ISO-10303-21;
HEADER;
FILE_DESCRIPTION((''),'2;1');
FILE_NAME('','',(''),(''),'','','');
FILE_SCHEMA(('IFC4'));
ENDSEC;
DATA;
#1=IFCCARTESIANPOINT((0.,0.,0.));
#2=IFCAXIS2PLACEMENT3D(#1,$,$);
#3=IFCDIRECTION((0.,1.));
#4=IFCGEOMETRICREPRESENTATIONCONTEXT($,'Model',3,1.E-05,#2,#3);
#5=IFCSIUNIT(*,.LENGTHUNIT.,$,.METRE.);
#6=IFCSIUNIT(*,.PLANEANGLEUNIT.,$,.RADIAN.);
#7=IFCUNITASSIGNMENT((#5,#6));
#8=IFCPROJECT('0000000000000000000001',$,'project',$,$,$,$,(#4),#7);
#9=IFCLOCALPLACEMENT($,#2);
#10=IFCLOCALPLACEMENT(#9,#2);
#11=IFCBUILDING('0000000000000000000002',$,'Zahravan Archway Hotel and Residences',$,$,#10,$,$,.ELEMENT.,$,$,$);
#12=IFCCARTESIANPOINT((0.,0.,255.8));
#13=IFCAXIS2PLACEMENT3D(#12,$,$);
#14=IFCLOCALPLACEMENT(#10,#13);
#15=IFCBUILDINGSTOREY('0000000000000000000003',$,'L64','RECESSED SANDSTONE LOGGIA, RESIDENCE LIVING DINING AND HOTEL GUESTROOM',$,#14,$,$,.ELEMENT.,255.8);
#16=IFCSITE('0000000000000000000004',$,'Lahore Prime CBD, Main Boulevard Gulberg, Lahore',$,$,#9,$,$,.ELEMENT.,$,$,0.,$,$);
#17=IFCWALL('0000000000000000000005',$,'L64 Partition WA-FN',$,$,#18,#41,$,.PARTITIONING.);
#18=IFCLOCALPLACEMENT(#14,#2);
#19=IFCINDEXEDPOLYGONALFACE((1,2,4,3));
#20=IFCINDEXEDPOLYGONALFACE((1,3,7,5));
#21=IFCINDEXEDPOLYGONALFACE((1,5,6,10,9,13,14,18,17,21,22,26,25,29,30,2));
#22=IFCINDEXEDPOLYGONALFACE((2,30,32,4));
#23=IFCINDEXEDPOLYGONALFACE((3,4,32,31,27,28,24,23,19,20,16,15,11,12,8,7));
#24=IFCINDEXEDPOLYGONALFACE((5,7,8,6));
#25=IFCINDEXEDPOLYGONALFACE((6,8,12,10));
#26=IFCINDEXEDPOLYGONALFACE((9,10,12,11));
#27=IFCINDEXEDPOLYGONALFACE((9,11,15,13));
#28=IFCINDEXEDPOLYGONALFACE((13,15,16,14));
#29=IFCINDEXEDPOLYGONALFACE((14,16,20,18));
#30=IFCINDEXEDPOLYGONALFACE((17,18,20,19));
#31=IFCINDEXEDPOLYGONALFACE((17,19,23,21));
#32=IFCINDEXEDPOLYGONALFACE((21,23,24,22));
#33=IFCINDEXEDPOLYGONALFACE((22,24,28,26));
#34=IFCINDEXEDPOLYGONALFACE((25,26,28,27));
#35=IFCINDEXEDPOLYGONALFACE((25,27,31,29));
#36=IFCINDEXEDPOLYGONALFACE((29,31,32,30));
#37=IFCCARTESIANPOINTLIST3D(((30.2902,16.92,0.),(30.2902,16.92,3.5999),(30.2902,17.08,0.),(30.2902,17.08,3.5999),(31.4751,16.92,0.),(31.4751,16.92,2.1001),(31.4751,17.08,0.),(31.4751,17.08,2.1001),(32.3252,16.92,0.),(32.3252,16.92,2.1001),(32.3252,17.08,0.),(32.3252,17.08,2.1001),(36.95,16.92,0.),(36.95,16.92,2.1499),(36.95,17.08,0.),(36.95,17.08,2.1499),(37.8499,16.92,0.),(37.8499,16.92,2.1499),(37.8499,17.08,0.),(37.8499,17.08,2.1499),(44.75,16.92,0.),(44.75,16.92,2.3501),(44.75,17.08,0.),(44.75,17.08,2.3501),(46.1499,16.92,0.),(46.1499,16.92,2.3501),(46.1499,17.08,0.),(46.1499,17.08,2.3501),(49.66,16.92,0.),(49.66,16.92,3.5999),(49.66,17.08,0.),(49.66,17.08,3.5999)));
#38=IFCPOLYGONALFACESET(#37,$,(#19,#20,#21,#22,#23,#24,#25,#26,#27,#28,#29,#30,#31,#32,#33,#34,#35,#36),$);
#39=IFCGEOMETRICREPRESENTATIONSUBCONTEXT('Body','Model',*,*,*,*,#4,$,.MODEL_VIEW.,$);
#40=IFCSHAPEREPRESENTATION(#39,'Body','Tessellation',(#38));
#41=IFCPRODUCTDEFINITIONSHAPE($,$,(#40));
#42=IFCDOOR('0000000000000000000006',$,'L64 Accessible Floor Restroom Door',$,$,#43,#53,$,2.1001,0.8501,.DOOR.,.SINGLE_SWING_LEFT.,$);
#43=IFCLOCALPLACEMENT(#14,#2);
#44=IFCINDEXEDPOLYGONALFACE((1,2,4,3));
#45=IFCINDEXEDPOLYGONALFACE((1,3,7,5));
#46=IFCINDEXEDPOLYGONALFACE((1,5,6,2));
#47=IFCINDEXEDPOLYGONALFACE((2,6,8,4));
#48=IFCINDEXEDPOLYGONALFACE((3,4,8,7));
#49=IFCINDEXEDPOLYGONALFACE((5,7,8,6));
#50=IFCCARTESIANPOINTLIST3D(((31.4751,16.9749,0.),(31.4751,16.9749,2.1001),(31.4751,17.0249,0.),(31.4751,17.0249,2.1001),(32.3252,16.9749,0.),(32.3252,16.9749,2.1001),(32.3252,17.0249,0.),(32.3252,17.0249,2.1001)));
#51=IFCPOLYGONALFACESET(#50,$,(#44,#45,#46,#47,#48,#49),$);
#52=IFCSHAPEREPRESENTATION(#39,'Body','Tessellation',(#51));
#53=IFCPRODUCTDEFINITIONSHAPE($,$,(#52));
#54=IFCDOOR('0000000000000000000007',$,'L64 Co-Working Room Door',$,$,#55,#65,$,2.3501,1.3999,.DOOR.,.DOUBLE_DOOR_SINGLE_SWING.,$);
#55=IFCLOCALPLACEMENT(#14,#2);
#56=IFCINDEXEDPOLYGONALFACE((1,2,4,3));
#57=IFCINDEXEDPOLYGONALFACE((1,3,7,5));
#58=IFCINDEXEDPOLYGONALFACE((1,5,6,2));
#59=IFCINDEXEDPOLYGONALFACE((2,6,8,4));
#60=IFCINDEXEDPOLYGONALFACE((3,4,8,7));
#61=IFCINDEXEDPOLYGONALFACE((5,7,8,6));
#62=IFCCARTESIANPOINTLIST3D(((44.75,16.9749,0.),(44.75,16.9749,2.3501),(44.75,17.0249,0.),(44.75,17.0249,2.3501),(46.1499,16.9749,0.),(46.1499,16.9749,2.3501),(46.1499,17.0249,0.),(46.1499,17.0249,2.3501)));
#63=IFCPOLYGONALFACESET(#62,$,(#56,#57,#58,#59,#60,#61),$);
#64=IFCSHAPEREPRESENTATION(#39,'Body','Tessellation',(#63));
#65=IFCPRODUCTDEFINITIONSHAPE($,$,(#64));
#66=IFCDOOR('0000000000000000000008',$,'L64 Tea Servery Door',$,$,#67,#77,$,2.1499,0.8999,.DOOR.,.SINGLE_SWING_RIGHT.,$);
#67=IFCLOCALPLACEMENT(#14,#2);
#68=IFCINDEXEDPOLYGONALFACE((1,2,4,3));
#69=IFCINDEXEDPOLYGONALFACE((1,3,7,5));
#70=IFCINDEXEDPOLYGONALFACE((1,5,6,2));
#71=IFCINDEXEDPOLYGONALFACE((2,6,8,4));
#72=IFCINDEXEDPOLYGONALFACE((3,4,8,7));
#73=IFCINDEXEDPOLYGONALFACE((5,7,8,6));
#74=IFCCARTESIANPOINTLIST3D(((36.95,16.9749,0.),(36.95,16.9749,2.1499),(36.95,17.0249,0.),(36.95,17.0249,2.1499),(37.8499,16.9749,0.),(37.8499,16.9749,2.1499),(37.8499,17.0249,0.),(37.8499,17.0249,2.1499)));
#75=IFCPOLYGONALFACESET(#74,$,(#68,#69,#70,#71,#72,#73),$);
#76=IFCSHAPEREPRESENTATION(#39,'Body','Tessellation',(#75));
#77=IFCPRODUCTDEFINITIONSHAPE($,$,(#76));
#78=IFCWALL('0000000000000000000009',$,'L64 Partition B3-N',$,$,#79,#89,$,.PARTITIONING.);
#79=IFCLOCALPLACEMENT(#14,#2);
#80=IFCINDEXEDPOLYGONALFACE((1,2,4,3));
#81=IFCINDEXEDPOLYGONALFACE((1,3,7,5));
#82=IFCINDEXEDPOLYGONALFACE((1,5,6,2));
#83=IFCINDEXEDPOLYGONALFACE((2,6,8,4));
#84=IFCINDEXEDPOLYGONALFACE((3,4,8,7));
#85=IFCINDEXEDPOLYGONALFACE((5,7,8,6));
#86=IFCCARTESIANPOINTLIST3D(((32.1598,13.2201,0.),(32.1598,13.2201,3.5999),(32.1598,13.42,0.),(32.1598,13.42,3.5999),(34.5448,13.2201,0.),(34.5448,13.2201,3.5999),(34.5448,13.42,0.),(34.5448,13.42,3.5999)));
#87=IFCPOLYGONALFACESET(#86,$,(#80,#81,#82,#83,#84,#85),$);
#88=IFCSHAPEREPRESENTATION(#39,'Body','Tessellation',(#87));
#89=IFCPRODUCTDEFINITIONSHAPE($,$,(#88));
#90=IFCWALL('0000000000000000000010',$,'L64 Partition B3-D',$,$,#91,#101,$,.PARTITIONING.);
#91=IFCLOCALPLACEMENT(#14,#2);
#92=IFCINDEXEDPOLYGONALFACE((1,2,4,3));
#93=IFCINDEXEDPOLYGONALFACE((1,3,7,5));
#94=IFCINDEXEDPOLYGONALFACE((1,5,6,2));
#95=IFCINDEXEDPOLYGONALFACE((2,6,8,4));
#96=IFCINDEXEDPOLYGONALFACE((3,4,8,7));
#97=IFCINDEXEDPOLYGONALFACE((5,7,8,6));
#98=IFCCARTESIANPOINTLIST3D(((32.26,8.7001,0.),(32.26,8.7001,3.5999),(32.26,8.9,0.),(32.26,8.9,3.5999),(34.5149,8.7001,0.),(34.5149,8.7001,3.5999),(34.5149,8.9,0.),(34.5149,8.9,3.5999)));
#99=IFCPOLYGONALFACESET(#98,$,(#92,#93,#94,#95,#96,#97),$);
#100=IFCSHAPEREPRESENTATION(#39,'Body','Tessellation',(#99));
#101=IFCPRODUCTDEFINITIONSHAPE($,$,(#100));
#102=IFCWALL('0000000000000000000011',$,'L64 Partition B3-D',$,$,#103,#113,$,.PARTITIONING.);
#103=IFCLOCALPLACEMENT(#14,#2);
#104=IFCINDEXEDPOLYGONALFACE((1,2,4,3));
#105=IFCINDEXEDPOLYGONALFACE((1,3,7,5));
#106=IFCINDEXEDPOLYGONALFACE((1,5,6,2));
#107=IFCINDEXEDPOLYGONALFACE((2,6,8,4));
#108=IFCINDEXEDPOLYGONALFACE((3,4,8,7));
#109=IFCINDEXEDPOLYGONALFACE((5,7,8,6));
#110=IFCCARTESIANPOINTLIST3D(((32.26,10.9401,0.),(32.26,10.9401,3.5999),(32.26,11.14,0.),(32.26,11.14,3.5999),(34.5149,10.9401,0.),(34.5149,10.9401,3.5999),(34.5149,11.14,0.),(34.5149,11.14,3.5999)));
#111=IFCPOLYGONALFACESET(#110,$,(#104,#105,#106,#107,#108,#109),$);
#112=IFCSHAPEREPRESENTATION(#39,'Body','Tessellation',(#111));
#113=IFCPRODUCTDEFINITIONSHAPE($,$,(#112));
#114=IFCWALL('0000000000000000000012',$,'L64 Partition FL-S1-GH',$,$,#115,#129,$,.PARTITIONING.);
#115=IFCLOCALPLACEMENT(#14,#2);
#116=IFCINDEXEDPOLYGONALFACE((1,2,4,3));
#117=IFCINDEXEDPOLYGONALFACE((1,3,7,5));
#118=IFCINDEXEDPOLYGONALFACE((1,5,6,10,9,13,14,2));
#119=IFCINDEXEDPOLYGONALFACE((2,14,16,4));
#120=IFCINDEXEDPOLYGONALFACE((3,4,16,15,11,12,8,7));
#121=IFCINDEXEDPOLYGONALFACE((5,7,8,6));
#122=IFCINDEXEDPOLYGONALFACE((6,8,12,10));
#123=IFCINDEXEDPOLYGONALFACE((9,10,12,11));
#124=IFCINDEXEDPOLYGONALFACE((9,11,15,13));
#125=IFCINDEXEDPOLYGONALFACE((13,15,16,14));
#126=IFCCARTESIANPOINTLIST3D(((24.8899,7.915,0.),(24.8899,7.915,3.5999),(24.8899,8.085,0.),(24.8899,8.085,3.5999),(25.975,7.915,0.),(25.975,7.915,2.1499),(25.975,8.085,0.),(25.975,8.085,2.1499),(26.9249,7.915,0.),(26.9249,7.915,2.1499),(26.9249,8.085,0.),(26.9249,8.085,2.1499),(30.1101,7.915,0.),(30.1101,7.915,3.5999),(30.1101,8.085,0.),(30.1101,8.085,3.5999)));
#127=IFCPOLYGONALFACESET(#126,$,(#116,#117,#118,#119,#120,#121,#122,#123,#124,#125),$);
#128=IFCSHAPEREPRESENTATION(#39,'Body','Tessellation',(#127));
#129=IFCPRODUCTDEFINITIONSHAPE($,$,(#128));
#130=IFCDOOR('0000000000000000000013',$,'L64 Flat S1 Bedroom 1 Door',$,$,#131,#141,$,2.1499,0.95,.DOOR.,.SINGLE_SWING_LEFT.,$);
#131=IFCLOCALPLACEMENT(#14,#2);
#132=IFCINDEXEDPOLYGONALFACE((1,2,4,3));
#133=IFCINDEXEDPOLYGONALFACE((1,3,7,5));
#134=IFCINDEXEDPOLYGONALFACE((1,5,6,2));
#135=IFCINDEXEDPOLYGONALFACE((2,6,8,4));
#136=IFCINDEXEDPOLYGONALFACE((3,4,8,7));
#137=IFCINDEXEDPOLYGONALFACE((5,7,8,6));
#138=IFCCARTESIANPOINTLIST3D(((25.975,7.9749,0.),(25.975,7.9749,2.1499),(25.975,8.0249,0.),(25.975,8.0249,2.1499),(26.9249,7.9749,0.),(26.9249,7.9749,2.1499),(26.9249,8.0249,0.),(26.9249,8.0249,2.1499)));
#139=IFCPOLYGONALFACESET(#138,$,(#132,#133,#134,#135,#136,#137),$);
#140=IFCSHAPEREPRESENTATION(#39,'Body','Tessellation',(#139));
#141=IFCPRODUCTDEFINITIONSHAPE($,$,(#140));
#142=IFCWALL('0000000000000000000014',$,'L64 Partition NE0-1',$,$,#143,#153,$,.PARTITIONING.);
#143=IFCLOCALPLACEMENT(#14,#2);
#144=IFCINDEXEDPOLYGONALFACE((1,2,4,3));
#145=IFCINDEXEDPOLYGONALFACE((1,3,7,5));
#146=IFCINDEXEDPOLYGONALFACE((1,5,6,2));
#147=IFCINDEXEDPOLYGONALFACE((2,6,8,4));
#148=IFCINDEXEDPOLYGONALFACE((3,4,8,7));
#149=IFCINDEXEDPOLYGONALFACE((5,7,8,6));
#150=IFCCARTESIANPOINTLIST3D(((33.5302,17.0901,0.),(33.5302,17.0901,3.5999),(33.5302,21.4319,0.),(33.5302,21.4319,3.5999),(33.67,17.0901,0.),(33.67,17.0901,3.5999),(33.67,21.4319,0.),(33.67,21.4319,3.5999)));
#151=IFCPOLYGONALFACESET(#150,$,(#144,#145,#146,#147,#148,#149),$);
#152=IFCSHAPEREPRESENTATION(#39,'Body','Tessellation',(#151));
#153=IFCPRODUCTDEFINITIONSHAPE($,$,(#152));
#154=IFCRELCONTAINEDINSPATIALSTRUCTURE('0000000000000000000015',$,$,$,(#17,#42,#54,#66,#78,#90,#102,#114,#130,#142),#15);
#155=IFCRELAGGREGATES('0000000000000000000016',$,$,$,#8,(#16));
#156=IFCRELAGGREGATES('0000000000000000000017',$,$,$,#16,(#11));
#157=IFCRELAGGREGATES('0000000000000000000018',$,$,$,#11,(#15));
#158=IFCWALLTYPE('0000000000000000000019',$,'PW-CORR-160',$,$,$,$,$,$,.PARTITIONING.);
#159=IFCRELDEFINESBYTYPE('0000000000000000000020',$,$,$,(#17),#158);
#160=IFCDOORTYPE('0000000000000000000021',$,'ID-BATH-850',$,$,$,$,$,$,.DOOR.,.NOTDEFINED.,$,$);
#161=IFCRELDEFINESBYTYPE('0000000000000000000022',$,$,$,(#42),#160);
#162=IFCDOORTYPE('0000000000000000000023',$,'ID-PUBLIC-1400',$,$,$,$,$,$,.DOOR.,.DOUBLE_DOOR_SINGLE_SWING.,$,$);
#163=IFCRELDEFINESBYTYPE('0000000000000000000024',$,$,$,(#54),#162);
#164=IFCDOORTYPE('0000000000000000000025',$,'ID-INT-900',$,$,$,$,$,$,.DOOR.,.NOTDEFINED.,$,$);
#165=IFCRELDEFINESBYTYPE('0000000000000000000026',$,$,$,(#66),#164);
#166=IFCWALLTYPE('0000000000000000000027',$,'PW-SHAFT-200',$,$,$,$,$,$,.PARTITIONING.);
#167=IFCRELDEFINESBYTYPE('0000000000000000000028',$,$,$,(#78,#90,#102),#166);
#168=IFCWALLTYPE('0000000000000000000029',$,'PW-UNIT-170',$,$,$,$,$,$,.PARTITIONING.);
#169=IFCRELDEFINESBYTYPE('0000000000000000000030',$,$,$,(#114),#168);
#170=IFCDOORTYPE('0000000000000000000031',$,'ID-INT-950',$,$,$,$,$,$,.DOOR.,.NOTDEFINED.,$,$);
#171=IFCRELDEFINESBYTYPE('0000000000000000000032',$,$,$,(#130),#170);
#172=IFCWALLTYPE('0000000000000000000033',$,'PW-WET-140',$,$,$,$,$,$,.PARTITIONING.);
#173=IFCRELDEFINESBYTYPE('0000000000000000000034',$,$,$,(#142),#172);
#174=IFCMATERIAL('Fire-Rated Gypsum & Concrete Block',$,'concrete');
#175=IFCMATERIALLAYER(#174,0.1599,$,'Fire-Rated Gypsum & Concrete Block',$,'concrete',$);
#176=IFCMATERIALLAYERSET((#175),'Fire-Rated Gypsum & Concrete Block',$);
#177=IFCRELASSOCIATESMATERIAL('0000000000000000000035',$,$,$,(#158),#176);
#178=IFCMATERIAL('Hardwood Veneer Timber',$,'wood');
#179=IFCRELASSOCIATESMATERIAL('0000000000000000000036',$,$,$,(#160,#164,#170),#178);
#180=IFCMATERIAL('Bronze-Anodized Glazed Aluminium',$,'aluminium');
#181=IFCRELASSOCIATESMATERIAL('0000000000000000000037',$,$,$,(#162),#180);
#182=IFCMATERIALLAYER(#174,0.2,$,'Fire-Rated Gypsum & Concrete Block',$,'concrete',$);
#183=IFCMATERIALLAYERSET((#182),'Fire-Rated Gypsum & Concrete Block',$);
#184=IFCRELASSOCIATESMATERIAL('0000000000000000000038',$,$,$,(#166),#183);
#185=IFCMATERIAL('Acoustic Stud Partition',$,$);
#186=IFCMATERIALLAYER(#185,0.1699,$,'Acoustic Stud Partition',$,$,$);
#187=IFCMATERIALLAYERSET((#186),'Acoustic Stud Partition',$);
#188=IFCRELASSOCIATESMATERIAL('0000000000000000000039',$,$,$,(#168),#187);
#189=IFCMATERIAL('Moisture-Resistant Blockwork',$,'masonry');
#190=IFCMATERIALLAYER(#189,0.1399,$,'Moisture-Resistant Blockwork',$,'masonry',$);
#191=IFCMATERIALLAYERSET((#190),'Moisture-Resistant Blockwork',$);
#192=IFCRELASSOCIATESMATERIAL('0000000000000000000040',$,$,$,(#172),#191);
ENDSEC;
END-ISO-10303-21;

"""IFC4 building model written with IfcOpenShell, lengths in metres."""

from ifc_helpers import new_model, si_unit, direction, frame, frame_2d, origin, place, context, subcontext, project, spatial, rectangle, extrude, source, transform, mapped, material, layer, layer_set, type_object, type_shapes, element, fill, save


model = new_model("IFC4")

# Units and contexts
model_context = context("Model", 3, precision=1e-05, world=origin(), true_north=direction((0.0, 1.0)))
body_context = subcontext(model_context, "Body", "Model", "MODEL_VIEW")
ifc_project = project(units=[si_unit("LENGTHUNIT", "METRE"), si_unit("PLANEANGLEUNIT", "RADIAN")], contexts=[model_context])

# Site, building, storey
site_placement = place(None, origin())
site = spatial("IfcSite", under=ifc_project, at=site_placement, Name="Lahore Prime CBD, Main Boulevard Gulberg, Lahore", CompositionType="ELEMENT", RefElevation=0.0)
building_placement = place(site_placement, origin())
building = spatial("IfcBuilding", under=site, at=building_placement, Name="Zahravan Archway Hotel and Residences", CompositionType="ELEMENT")
storey_placement = place(building_placement, frame((0.0, 0.0, 255.8)))
storey = spatial("IfcBuildingStorey", under=building, at=storey_placement, Name="L64", Description="RECESSED SANDSTONE LOGGIA, RESIDENCE LIVING DINING AND HOTEL GUESTROOM", CompositionType="ELEMENT", Elevation=255.8)

# Shared definitions
ifc_material_1 = material(Name="Fire-Rated Gypsum & Concrete Block", Category="concrete")
ifc_layer_1 = layer(ifc_material_1, 0.1599, Name="Fire-Rated Gypsum & Concrete Block", Category="concrete")
ifc_layer_set_1 = layer_set([ifc_layer_1], Name="Fire-Rated Gypsum & Concrete Block")
wall_type_1 = type_object("IfcWallType", Name="PW-CORR-160", PredefinedType="PARTITIONING", material=ifc_layer_set_1)

# Wall, openings, doors
wall_1_placement = place(storey_placement, frame((30.29, 17.0, 0.0), z_axis=(0.0, 0.0, 1.0), x_axis=(1.0, 0.0, 0.0)))
wall_1 = element("IfcWall", 1, at=wall_1_placement, inside=storey, type_object=wall_type_1, Name="L64 Partition WA-FN", PredefinedType="PARTITIONING", context=body_context, shape_type="SweptSolid", body=[
    extrude(rectangle(XDim=19.3699, YDim=0.1599, at=frame_2d((9.6851, 0.0))), origin(), (0.0, 0.0, 1.0), 3.5999),
])
opening_1_placement = place(wall_1_placement, frame((1.1851, 0.0, 0.0)))
opening_1 = element("IfcOpeningElement", 2, at=opening_1_placement, cuts=wall_1, PredefinedType="OPENING", context=body_context, shape_type="SweptSolid", body=[
    extrude(rectangle(XDim=0.8501, YDim=2.1001, at=frame_2d((0.425, 1.05))), frame((0.0, 0.0898, 0.0), z_axis=(0.0, -1.0, 0.0), x_axis=(1.0, 0.0, 0.0)), (0.0, 0.0, 1.0), 0.1799),
])
opening_2_placement = place(wall_1_placement, frame((6.6599, 0.0, 0.0)))
opening_2 = element("IfcOpeningElement", 3, at=opening_2_placement, cuts=wall_1, PredefinedType="OPENING", context=body_context, shape_type="SweptSolid", body=[
    extrude(rectangle(XDim=0.8999, YDim=2.1499, at=frame_2d((0.45, 1.075))), frame((0.0, 0.0898, 0.0), z_axis=(0.0, -1.0, 0.0), x_axis=(1.0, 0.0, 0.0)), (0.0, 0.0, 1.0), 0.1799),
])
opening_3_placement = place(wall_1_placement, frame((14.46, 0.0, 0.0)))
opening_3 = element("IfcOpeningElement", 4, at=opening_3_placement, cuts=wall_1, PredefinedType="OPENING", context=body_context, shape_type="SweptSolid", body=[
    extrude(rectangle(XDim=1.3999, YDim=2.3501, at=frame_2d((0.7, 1.175))), frame((0.0, 0.0898, 0.0), z_axis=(0.0, -1.0, 0.0), x_axis=(1.0, 0.0, 0.0)), (0.0, 0.0, 1.0), 0.1799),
])
ifc_material_2 = material(Name="Hardwood Veneer Timber", Category="wood")
door_type_1 = type_object("IfcDoorType", Name="ID-BATH-850", OperationType="NOTDEFINED", PredefinedType="DOOR", material=ifc_material_2)
shared_shape_1 = source(origin(), body_context, "Body", "SweptSolid", [
    extrude(rectangle(XDim=0.8501, YDim=2.1001, at=frame_2d((0.425, 1.05))), frame((0.0, 0.0249, 0.0), z_axis=(0.0, -1.0, 0.0), x_axis=(1.0, 0.0, 0.0)), (0.0, 0.0, 1.0), 0.05),
])
type_shapes(door_type_1, [shared_shape_1])
door_1_placement = place(opening_1_placement, origin())
door_1 = element("IfcDoor", 5, at=door_1_placement, inside=storey, type_object=door_type_1, Name="L64 Accessible Floor Restroom Door", OperationType="SINGLE_SWING_LEFT", OverallHeight=2.1001, OverallWidth=0.8501, PredefinedType="DOOR", context=body_context, shape_type="MappedRepresentation", body=[
    mapped(shared_shape_1, transform((0.0, 0.0, 0.0), scale=1.0)),
])
fill(opening_1, door_1)
ifc_material_3 = material(Name="Bronze-Anodized Glazed Aluminium", Category="aluminium")
door_type_2 = type_object("IfcDoorType", Name="ID-PUBLIC-1400", OperationType="DOUBLE_DOOR_SINGLE_SWING", PredefinedType="DOOR", material=ifc_material_3)
shared_shape_2 = source(origin(), body_context, "Body", "SweptSolid", [
    extrude(rectangle(XDim=1.3999, YDim=2.3501, at=frame_2d((0.7, 1.175))), frame((0.0, 0.0249, 0.0), z_axis=(0.0, -1.0, 0.0), x_axis=(1.0, 0.0, 0.0)), (0.0, 0.0, 1.0), 0.05),
])
type_shapes(door_type_2, [shared_shape_2])
door_2_placement = place(opening_3_placement, origin())
door_2 = element("IfcDoor", 6, at=door_2_placement, inside=storey, type_object=door_type_2, Name="L64 Co-Working Room Door", OperationType="DOUBLE_DOOR_SINGLE_SWING", OverallHeight=2.3501, OverallWidth=1.3999, PredefinedType="DOOR", context=body_context, shape_type="MappedRepresentation", body=[
    mapped(shared_shape_2, transform((0.0, 0.0, 0.0), scale=1.0)),
])
fill(opening_3, door_2)
door_type_3 = type_object("IfcDoorType", Name="ID-INT-900", OperationType="NOTDEFINED", PredefinedType="DOOR", material=ifc_material_2)
shared_shape_3 = source(origin(), body_context, "Body", "SweptSolid", [
    extrude(rectangle(XDim=0.8999, YDim=2.1499, at=frame_2d((0.45, 1.075))), frame((0.0, 0.0249, 0.0), z_axis=(0.0, -1.0, 0.0), x_axis=(1.0, 0.0, 0.0)), (0.0, 0.0, 1.0), 0.05),
])
type_shapes(door_type_3, [shared_shape_3])
door_3_placement = place(opening_2_placement, origin())
door_3 = element("IfcDoor", 7, at=door_3_placement, inside=storey, type_object=door_type_3, Name="L64 Tea Servery Door", OperationType="SINGLE_SWING_RIGHT", OverallHeight=2.1499, OverallWidth=0.8999, PredefinedType="DOOR", context=body_context, shape_type="MappedRepresentation", body=[
    mapped(shared_shape_3, transform((0.0, 0.0, 0.0), scale=1.0)),
])
fill(opening_2, door_3)

# Walls
ifc_layer_2 = layer(ifc_material_1, 0.2, Name="Fire-Rated Gypsum & Concrete Block", Category="concrete")
ifc_layer_set_2 = layer_set([ifc_layer_2], Name="Fire-Rated Gypsum & Concrete Block")
wall_type_2 = type_object("IfcWallType", Name="PW-SHAFT-200", PredefinedType="PARTITIONING", material=ifc_layer_set_2)
wall_2_placement = place(storey_placement, frame((32.1599, 13.3201, 0.0), z_axis=(0.0, 0.0, 1.0), x_axis=(1.0, 0.0, 0.0)))
element("IfcWall", 8, at=wall_2_placement, inside=storey, type_object=wall_type_2, Name="L64 Partition B3-N", PredefinedType="PARTITIONING", context=body_context, shape_type="SweptSolid", body=[
    extrude(rectangle(XDim=2.385, YDim=0.2, at=frame_2d((1.1924, 0.0))), origin(), (0.0, 0.0, 1.0), 3.5999),
])
for number, where, z_axis, x_axis, name in (
    (9, (32.26, 8.8, 0.0), (0.0, 0.0, 1.0), (1.0, 0.0, 0.0), "L64 Partition B3-D"),
    (10, (32.26, 11.04, 0.0), (0.0, 0.0, 1.0), (1.0, 0.0, 0.0), "L64 Partition B3-D"),
):
    element("IfcWall", number, at=place(storey_placement, frame(where, z_axis=z_axis, x_axis=x_axis)), inside=storey, type_object=wall_type_2, Name=name, PredefinedType="PARTITIONING", context=body_context, shape_type="SweptSolid", body=[
        extrude(rectangle(XDim=2.2549, YDim=0.2, at=frame_2d((1.1274, 0.0))), origin(), (0.0, 0.0, 1.0), 3.5999),
    ])

# Wall, opening, door
ifc_material_4 = material(Name="Acoustic Stud Partition")
ifc_layer_3 = layer(ifc_material_4, 0.1699, Name="Acoustic Stud Partition")
ifc_layer_set_3 = layer_set([ifc_layer_3], Name="Acoustic Stud Partition")
wall_type_3 = type_object("IfcWallType", Name="PW-UNIT-170", PredefinedType="PARTITIONING", material=ifc_layer_set_3)
wall_3_placement = place(storey_placement, frame((24.8899, 8.0, 0.0), z_axis=(0.0, 0.0, 1.0), x_axis=(1.0, 0.0, 0.0)))
wall_3 = element("IfcWall", 11, at=wall_3_placement, inside=storey, type_object=wall_type_3, Name="L64 Partition FL-S1-GH", PredefinedType="PARTITIONING", context=body_context, shape_type="SweptSolid", body=[
    extrude(rectangle(XDim=5.2202, YDim=0.1699, at=frame_2d((2.6101, 0.0))), origin(), (0.0, 0.0, 1.0), 3.5999),
])
opening_4_placement = place(wall_3_placement, frame((1.085, 0.0, 0.0)))
opening_4 = element("IfcOpeningElement", 12, at=opening_4_placement, cuts=wall_3, PredefinedType="OPENING", context=body_context, shape_type="SweptSolid", body=[
    extrude(rectangle(XDim=0.95, YDim=2.1499, at=frame_2d((0.4751, 1.075))), frame((0.0, 0.095, 0.0), z_axis=(0.0, -1.0, 0.0), x_axis=(1.0, 0.0, 0.0)), (0.0, 0.0, 1.0), 0.1899),
])
door_type_4 = type_object("IfcDoorType", Name="ID-INT-950", OperationType="NOTDEFINED", PredefinedType="DOOR", material=ifc_material_2)
shared_shape_4 = source(origin(), body_context, "Body", "SweptSolid", [
    extrude(rectangle(XDim=0.95, YDim=2.1499, at=frame_2d((0.4751, 1.075))), frame((0.0, 0.0249, 0.0), z_axis=(0.0, -1.0, 0.0), x_axis=(1.0, 0.0, 0.0)), (0.0, 0.0, 1.0), 0.05),
])
type_shapes(door_type_4, [shared_shape_4])
door_4_placement = place(opening_4_placement, origin())
door_4 = element("IfcDoor", 13, at=door_4_placement, inside=storey, type_object=door_type_4, Name="L64 Flat S1 Bedroom 1 Door", OperationType="SINGLE_SWING_LEFT", OverallHeight=2.1499, OverallWidth=0.95, PredefinedType="DOOR", context=body_context, shape_type="MappedRepresentation", body=[
    mapped(shared_shape_4, transform((0.0, 0.0, 0.0), scale=1.0)),
])
fill(opening_4, door_4)

# Wall
ifc_material_5 = material(Name="Moisture-Resistant Blockwork", Category="masonry")
ifc_layer_4 = layer(ifc_material_5, 0.1399, Name="Moisture-Resistant Blockwork", Category="masonry")
ifc_layer_set_4 = layer_set([ifc_layer_4], Name="Moisture-Resistant Blockwork")
wall_type_4 = type_object("IfcWallType", Name="PW-WET-140", PredefinedType="PARTITIONING", material=ifc_layer_set_4)
wall_4_placement = place(storey_placement, frame((33.6001, 17.0901, 0.0), z_axis=(0.0, 0.0, 1.0), x_axis=(0.0, 1.0, 0.0)))
element("IfcWall", 14, at=wall_4_placement, inside=storey, type_object=wall_type_4, Name="L64 Partition NE0-1", PredefinedType="PARTITIONING", context=body_context, shape_type="SweptSolid", body=[
    extrude(rectangle(XDim=4.3418, YDim=0.1399, at=frame_2d((2.1709, 0.0))), origin(), (0.0, 0.0, 1.0), 3.5999),
])

save(model, "model.ifc")
